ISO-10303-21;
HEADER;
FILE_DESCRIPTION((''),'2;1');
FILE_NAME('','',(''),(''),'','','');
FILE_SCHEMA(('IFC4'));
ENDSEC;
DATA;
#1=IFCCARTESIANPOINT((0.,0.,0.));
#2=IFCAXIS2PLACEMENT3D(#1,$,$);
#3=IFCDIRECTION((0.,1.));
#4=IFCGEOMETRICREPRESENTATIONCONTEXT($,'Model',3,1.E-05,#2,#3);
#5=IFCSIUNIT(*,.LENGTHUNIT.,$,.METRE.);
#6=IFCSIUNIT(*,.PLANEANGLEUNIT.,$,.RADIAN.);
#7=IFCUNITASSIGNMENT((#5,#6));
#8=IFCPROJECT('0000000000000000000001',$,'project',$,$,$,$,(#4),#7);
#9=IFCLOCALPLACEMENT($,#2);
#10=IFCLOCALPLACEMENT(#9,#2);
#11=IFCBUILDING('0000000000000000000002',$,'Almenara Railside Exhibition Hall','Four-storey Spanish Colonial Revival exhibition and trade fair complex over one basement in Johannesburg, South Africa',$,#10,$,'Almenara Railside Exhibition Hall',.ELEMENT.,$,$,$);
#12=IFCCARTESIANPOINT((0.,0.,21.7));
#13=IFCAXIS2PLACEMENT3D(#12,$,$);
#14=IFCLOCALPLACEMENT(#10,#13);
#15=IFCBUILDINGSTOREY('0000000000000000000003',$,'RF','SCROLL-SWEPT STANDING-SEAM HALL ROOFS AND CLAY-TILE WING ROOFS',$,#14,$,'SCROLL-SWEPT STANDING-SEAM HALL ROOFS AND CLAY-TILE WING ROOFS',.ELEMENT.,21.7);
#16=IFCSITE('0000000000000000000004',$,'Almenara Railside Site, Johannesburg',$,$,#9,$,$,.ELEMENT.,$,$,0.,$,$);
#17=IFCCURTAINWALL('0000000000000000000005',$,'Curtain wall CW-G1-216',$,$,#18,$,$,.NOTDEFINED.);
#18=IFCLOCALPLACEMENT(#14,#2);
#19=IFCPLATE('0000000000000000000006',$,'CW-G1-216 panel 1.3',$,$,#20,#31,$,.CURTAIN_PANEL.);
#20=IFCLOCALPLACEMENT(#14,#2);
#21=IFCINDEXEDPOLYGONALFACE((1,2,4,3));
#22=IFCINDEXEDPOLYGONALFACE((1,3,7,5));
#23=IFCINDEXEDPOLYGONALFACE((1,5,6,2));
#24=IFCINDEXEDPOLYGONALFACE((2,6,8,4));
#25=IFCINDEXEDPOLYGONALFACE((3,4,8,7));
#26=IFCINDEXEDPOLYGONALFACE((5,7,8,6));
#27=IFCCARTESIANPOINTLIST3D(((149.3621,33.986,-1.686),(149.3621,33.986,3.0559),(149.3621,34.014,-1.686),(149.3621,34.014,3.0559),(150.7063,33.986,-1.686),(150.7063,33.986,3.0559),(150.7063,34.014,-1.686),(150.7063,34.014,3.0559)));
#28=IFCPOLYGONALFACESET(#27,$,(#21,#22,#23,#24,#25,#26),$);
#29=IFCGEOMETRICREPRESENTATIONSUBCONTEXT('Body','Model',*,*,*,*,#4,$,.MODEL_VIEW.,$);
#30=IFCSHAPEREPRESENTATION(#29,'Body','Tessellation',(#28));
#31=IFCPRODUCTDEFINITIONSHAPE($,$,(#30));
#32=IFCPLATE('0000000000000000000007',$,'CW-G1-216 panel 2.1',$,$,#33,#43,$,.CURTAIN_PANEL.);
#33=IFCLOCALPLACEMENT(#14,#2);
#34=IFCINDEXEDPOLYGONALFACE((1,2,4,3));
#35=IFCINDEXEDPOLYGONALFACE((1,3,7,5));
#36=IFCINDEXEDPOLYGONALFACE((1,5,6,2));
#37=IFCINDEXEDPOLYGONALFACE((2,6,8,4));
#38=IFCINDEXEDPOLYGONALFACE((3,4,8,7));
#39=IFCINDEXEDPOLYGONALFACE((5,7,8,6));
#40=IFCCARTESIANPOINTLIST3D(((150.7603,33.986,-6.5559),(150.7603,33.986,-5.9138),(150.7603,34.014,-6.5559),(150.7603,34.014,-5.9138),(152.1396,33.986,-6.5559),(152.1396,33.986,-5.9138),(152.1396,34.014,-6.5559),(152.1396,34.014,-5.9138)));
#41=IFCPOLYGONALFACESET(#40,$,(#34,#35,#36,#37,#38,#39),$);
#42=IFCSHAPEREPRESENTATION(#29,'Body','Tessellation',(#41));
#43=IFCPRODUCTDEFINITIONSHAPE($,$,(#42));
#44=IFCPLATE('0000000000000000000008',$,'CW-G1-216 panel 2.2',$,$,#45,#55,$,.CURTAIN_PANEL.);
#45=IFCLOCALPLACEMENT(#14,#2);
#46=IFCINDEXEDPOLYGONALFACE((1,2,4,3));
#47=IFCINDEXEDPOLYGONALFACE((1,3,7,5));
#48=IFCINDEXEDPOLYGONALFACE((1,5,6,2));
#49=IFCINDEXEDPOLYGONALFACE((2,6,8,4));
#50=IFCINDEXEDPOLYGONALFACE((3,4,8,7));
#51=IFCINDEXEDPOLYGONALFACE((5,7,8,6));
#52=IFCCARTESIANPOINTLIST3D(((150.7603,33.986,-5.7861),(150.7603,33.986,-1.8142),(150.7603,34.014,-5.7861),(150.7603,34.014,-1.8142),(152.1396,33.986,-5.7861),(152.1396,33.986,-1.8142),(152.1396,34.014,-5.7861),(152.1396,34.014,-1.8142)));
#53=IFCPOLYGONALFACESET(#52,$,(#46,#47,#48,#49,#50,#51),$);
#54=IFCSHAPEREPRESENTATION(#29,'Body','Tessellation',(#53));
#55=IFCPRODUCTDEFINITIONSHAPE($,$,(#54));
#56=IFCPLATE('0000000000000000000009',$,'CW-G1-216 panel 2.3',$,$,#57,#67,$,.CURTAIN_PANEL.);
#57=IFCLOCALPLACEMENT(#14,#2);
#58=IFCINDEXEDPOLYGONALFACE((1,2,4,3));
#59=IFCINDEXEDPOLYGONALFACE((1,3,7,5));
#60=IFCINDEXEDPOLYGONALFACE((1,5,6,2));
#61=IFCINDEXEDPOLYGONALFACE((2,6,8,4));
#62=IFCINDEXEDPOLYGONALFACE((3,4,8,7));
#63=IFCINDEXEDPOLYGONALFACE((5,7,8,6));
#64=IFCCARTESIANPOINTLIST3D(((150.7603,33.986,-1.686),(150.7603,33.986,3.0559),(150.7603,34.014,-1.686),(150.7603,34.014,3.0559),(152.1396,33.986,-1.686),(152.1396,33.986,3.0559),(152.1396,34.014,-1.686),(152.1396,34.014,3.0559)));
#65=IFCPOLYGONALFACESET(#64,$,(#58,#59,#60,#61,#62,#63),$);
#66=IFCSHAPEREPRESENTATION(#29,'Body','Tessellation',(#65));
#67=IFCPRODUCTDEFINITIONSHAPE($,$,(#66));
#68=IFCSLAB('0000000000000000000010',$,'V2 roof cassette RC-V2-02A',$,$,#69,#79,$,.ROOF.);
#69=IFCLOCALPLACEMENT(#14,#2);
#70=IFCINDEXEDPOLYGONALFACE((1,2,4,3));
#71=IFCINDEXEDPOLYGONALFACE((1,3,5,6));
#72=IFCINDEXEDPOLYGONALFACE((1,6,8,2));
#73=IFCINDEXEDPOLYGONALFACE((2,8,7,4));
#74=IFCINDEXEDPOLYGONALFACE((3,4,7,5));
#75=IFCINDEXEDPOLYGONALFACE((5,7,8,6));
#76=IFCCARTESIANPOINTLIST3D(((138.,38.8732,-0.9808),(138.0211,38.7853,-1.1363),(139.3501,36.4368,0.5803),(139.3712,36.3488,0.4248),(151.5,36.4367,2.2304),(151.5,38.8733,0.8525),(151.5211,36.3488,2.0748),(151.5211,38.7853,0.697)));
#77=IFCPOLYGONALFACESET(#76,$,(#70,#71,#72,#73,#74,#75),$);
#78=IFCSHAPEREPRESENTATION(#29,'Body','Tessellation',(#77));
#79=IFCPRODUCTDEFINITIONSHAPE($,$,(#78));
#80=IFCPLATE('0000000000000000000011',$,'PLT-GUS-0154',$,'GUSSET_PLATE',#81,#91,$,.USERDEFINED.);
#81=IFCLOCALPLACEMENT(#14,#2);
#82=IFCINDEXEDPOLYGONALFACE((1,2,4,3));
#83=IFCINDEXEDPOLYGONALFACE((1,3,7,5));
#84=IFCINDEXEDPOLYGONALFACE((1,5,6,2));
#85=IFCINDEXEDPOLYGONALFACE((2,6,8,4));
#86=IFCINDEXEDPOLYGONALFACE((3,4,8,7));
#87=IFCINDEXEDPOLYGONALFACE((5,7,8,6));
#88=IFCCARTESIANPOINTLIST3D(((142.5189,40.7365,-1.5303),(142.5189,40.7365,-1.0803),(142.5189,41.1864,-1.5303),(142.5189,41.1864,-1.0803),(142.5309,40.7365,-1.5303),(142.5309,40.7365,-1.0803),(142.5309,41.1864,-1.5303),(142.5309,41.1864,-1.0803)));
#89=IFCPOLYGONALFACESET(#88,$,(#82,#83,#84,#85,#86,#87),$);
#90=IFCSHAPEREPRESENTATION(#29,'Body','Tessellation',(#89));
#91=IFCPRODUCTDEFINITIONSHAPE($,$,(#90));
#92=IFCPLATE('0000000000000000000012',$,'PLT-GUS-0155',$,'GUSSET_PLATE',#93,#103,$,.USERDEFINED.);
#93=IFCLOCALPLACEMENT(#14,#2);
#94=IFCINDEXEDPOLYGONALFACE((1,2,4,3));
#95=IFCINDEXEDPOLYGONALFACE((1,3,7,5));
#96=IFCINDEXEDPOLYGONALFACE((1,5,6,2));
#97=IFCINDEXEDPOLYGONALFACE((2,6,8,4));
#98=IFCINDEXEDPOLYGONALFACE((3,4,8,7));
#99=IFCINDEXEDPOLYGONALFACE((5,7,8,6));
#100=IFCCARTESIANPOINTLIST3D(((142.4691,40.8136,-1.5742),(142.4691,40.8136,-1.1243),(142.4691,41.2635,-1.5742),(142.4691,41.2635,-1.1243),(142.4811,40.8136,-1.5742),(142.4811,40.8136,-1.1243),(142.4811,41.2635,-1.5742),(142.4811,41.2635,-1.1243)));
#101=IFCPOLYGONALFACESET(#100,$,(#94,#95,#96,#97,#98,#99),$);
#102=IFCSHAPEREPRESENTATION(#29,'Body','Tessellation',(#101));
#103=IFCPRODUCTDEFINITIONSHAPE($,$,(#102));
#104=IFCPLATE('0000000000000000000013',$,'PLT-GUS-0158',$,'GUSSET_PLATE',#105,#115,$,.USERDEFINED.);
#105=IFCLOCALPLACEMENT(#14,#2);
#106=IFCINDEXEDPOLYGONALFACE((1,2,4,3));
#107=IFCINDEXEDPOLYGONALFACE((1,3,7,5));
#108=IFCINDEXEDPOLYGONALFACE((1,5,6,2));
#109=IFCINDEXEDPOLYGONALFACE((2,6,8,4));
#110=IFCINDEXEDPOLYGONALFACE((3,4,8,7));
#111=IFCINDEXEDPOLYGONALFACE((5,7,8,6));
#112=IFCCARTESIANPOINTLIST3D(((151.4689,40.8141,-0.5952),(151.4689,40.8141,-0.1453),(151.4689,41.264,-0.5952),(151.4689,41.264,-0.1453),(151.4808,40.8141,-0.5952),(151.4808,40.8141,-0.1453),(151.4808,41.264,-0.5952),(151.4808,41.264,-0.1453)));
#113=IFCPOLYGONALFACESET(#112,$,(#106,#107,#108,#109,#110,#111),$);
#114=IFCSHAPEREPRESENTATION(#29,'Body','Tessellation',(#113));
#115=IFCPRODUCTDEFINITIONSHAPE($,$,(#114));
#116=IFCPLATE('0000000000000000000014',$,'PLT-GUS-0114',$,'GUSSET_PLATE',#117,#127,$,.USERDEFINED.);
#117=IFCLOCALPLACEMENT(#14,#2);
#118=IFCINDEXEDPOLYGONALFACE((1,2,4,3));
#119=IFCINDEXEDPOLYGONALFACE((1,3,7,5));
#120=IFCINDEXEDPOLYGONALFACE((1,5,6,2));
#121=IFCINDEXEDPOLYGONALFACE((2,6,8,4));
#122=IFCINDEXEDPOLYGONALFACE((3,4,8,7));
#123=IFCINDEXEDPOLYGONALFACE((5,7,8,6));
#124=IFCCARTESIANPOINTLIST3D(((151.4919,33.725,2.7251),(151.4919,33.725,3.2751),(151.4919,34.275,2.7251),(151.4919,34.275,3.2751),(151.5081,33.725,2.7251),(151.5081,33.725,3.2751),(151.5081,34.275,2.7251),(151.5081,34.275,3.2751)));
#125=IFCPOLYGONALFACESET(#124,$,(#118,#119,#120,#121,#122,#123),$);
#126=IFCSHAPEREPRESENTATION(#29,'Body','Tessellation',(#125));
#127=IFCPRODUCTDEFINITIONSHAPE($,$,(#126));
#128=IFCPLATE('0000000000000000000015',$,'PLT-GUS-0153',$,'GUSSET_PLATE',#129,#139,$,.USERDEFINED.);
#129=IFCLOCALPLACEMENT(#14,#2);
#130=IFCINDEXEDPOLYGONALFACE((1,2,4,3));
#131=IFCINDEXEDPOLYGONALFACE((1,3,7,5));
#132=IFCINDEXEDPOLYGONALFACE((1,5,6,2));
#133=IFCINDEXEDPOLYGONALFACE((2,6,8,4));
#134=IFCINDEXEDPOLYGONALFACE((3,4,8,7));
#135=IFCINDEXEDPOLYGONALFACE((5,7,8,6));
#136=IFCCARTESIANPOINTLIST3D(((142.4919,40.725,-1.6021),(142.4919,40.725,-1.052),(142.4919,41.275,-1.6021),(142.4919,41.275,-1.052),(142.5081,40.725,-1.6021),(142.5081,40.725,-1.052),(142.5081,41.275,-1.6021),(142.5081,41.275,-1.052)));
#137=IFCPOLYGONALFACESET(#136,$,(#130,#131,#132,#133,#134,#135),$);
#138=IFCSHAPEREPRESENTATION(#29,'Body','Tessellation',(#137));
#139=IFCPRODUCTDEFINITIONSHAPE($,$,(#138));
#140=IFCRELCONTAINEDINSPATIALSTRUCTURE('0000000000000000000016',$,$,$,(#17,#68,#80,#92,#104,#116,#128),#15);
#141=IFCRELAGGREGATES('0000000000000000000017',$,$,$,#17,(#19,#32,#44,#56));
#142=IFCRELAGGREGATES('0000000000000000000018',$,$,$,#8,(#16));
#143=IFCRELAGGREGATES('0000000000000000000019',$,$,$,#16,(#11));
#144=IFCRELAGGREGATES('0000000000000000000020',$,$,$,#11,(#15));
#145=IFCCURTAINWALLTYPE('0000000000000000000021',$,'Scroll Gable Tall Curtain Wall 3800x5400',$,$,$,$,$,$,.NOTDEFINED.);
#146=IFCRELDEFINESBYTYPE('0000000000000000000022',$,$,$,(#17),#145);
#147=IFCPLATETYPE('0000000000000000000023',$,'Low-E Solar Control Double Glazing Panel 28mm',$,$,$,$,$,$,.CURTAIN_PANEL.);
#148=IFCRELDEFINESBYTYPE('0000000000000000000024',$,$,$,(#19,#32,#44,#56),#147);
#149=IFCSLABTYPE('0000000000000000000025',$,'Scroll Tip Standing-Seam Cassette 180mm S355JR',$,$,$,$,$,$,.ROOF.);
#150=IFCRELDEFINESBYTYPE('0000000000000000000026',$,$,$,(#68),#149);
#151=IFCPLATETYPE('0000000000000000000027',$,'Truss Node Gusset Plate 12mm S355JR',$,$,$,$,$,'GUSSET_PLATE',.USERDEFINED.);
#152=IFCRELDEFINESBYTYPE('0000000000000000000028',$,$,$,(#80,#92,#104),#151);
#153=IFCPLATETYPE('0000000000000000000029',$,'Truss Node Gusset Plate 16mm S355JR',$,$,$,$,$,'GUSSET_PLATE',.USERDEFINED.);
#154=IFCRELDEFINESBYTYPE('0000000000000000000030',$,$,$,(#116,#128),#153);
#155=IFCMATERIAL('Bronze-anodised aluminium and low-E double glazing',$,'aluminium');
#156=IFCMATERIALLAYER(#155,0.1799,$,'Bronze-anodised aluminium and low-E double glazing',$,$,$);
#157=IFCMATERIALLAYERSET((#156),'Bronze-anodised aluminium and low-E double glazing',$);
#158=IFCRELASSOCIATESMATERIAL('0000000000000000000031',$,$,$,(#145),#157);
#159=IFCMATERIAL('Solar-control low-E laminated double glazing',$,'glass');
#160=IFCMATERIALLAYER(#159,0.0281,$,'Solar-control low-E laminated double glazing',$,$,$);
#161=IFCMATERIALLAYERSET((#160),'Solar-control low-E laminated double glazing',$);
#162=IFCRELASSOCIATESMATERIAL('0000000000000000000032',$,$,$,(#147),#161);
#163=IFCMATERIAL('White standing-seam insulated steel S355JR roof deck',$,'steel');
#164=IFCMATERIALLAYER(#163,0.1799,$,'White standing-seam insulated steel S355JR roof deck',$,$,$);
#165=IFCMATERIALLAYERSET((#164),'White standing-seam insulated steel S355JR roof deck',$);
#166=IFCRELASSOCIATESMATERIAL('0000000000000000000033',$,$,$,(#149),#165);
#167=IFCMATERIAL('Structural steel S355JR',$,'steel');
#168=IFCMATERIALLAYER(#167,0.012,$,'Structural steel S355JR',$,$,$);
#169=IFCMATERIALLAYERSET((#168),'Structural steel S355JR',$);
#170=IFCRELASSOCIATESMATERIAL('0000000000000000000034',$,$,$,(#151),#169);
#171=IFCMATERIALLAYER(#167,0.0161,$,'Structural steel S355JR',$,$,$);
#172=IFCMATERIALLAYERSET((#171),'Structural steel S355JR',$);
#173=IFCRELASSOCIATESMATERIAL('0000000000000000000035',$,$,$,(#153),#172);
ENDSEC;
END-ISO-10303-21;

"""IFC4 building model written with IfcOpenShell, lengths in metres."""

from ifc_helpers import new_model, si_unit, direction, frame, origin, origin_2d, place, context, subcontext, project, spatial, polyline, rectangle, outline, extrude, material, layer, layer_set, type_object, element, aggregate, save


model = new_model("IFC4")

# Units and contexts
model_context = context("Model", 3, precision=1e-05, world=origin(), true_north=direction((0.0, 1.0)))
body_context = subcontext(model_context, "Body", "Model", "MODEL_VIEW")
ifc_project = project(units=[si_unit("LENGTHUNIT", "METRE"), si_unit("PLANEANGLEUNIT", "RADIAN")], contexts=[model_context])

# Site, building, storey
site_placement = place(None, origin())
site = spatial("IfcSite", under=ifc_project, at=site_placement, Name="Almenara Railside Site, Johannesburg", CompositionType="ELEMENT", RefElevation=0.0)
building_placement = place(site_placement, origin())
building = spatial("IfcBuilding", under=site, at=building_placement, Name="Almenara Railside Exhibition Hall", Description="Four-storey Spanish Colonial Revival exhibition and trade fair complex over one basement in Johannesburg, South Africa", LongName="Almenara Railside Exhibition Hall", CompositionType="ELEMENT")
storey_placement = place(building_placement, frame((0.0, 0.0, 21.7)))
storey = spatial("IfcBuildingStorey", under=building, at=storey_placement, Name="RF", Description="SCROLL-SWEPT STANDING-SEAM HALL ROOFS AND CLAY-TILE WING ROOFS", LongName="SCROLL-SWEPT STANDING-SEAM HALL ROOFS AND CLAY-TILE WING ROOFS", CompositionType="ELEMENT", Elevation=21.7)

# Shared definitions
ifc_material_1 = material(Name="Structural steel S355JR", Category="steel")

# Shared definitions
ifc_material_2 = material(Name="Bronze-anodised aluminium and low-E double glazing", Category="aluminium")

# Curtain wall
ifc_layer_1 = layer(ifc_material_2, 0.1799, Name="Bronze-anodised aluminium and low-E double glazing")
ifc_layer_set_1 = layer_set([ifc_layer_1], Name="Bronze-anodised aluminium and low-E double glazing")
curtain_wall_type_1 = type_object("IfcCurtainWallType", Name="Scroll Gable Tall Curtain Wall 3800x5400", PredefinedType="NOTDEFINED", material=ifc_layer_set_1)
curtain_wall_1_placement = place(storey_placement, origin())
curtain_wall_1 = element("IfcCurtainWall", 1, at=curtain_wall_1_placement, inside=storey, type_object=curtain_wall_type_1, Name="Curtain wall CW-G1-216", PredefinedType="NOTDEFINED")

# Plates
ifc_material_3 = material(Name="Solar-control low-E laminated double glazing", Category="glass")
ifc_layer_2 = layer(ifc_material_3, 0.0281, Name="Solar-control low-E laminated double glazing")
ifc_layer_set_2 = layer_set([ifc_layer_2], Name="Solar-control low-E laminated double glazing")
plate_type_1 = type_object("IfcPlateType", Name="Low-E Solar Control Double Glazing Panel 28mm", PredefinedType="CURTAIN_PANEL", material=ifc_layer_set_2)
plate_1_placement = place(storey_placement, frame((150.0342, 34.0, -1.686), z_axis=(0.0, 0.0, 1.0), x_axis=(1.0, 0.0, 0.0)))
plate_1 = element("IfcPlate", 2, at=plate_1_placement, type_object=plate_type_1, Name="CW-G1-216 panel 1.3", PredefinedType="CURTAIN_PANEL", context=body_context, shape_type="SweptSolid", body=[
    extrude(rectangle(XDim=1.3442, YDim=0.0281, at=origin_2d()), origin(), (0.0, 0.0, 1.0), 4.7419),
])
plate_2_placement = place(storey_placement, frame((151.45, 34.0, -6.5559), z_axis=(0.0, 0.0, 1.0), x_axis=(1.0, 0.0, 0.0)))
plate_2 = element("IfcPlate", 3, at=plate_2_placement, type_object=plate_type_1, Name="CW-G1-216 panel 2.1", PredefinedType="CURTAIN_PANEL", context=body_context, shape_type="SweptSolid", body=[
    extrude(rectangle(XDim=1.3794, YDim=0.0281, at=origin_2d()), origin(), (0.0, 0.0, 1.0), 0.6421),
])
plate_3_placement = place(storey_placement, frame((151.45, 34.0, -5.7861), z_axis=(0.0, 0.0, 1.0), x_axis=(1.0, 0.0, 0.0)))
plate_3 = element("IfcPlate", 4, at=plate_3_placement, type_object=plate_type_1, Name="CW-G1-216 panel 2.2", PredefinedType="CURTAIN_PANEL", context=body_context, shape_type="SweptSolid", body=[
    extrude(rectangle(XDim=1.3794, YDim=0.0281, at=origin_2d()), origin(), (0.0, 0.0, 1.0), 3.9719),
])
plate_4_placement = place(storey_placement, frame((151.45, 34.0, -1.686), z_axis=(0.0, 0.0, 1.0), x_axis=(1.0, 0.0, 0.0)))
plate_4 = element("IfcPlate", 5, at=plate_4_placement, type_object=plate_type_1, Name="CW-G1-216 panel 2.3", PredefinedType="CURTAIN_PANEL", context=body_context, shape_type="SweptSolid", body=[
    extrude(rectangle(XDim=1.3794, YDim=0.0281, at=origin_2d()), origin(), (0.0, 0.0, 1.0), 4.7419),
])
aggregate(curtain_wall_1, [plate_1, plate_2, plate_3, plate_4])

# Slab
ifc_material_4 = material(Name="White standing-seam insulated steel S355JR roof deck", Category="steel")
ifc_layer_3 = layer(ifc_material_4, 0.1799, Name="White standing-seam insulated steel S355JR roof deck")
ifc_layer_set_3 = layer_set([ifc_layer_3], Name="White standing-seam insulated steel S355JR roof deck")
slab_type = type_object("IfcSlabType", Name="Scroll Tip Standing-Seam Cassette 180mm S355JR", PredefinedType="ROOF", material=ifc_layer_set_3)
slab_placement = place(storey_placement, frame((139.3501, 36.4368, 0.5803), z_axis=(-0.117396, 0.488827, 0.864445), x_axis=(0.990904, -0.000004, 0.134573)))
element("IfcSlab", 6, at=slab_placement, inside=storey, type_object=slab_type, Name="V2 roof cassette RC-V2-02A", PredefinedType="ROOF", context=body_context, shape_type="SweptSolid", body=[
    extrude(outline(polyline([(0.0, 0.0), (12.2614, 0.0), (12.076, 2.793), (-1.5479, 2.7929), (0.0, 0.0)])), origin(), (0.0, 0.0, -1.0), 0.1799),
])

# Plates
ifc_layer_4 = layer(ifc_material_1, 0.012, Name="Structural steel S355JR")
ifc_layer_set_4 = layer_set([ifc_layer_4], Name="Structural steel S355JR")
plate_type_2 = type_object("IfcPlateType", Name="Truss Node Gusset Plate 12mm S355JR", ElementType="GUSSET_PLATE", PredefinedType="USERDEFINED", material=ifc_layer_set_4)
for number, where, z_axis, x_axis, name in (
    (7, (142.5249, 40.9614, -1.5303), (0.0, 0.0, 1.0), (0.0, 1.0, 0.0), "PLT-GUS-0154"),
    (8, (142.4751, 41.0386, -1.5742), (0.0, 0.0, 1.0), (0.0, 1.0, 0.0), "PLT-GUS-0155"),
    (9, (151.4749, 41.0391, -0.5952), (0.0, 0.0, 1.0), (0.0, 1.0, 0.0), "PLT-GUS-0158"),
):
    element("IfcPlate", number, at=place(storey_placement, frame(where, z_axis=z_axis, x_axis=x_axis)), inside=storey, type_object=plate_type_2, Name=name, ObjectType="GUSSET_PLATE", PredefinedType="USERDEFINED", context=body_context, shape_type="SweptSolid", body=[
        extrude(rectangle(XDim=0.45, YDim=0.012, at=origin_2d()), origin(), (0.0, 0.0, 1.0), 0.45),
    ])
ifc_layer_5 = layer(ifc_material_1, 0.0161, Name="Structural steel S355JR")
ifc_layer_set_5 = layer_set([ifc_layer_5], Name="Structural steel S355JR")
plate_type_3 = type_object("IfcPlateType", Name="Truss Node Gusset Plate 16mm S355JR", ElementType="GUSSET_PLATE", PredefinedType="USERDEFINED", material=ifc_layer_set_5)
for number, where, z_axis, x_axis, name in (
    (10, (151.5, 34.0, 2.7251), (0.0, 0.0, 1.0), (0.0, 1.0, 0.0), "PLT-GUS-0114"),
    (11, (142.5, 41.0, -1.6021), (0.0, 0.0, 1.0), (0.0, 1.0, 0.0), "PLT-GUS-0153"),
):
    element("IfcPlate", number, at=place(storey_placement, frame(where, z_axis=z_axis, x_axis=x_axis)), inside=storey, type_object=plate_type_3, Name=name, ObjectType="GUSSET_PLATE", PredefinedType="USERDEFINED", context=body_context, shape_type="SweptSolid", body=[
        extrude(rectangle(XDim=0.55, YDim=0.0161, at=origin_2d()), origin(), (0.0, 0.0, 1.0), 0.55),
    ])

save(model, "model.ifc")
